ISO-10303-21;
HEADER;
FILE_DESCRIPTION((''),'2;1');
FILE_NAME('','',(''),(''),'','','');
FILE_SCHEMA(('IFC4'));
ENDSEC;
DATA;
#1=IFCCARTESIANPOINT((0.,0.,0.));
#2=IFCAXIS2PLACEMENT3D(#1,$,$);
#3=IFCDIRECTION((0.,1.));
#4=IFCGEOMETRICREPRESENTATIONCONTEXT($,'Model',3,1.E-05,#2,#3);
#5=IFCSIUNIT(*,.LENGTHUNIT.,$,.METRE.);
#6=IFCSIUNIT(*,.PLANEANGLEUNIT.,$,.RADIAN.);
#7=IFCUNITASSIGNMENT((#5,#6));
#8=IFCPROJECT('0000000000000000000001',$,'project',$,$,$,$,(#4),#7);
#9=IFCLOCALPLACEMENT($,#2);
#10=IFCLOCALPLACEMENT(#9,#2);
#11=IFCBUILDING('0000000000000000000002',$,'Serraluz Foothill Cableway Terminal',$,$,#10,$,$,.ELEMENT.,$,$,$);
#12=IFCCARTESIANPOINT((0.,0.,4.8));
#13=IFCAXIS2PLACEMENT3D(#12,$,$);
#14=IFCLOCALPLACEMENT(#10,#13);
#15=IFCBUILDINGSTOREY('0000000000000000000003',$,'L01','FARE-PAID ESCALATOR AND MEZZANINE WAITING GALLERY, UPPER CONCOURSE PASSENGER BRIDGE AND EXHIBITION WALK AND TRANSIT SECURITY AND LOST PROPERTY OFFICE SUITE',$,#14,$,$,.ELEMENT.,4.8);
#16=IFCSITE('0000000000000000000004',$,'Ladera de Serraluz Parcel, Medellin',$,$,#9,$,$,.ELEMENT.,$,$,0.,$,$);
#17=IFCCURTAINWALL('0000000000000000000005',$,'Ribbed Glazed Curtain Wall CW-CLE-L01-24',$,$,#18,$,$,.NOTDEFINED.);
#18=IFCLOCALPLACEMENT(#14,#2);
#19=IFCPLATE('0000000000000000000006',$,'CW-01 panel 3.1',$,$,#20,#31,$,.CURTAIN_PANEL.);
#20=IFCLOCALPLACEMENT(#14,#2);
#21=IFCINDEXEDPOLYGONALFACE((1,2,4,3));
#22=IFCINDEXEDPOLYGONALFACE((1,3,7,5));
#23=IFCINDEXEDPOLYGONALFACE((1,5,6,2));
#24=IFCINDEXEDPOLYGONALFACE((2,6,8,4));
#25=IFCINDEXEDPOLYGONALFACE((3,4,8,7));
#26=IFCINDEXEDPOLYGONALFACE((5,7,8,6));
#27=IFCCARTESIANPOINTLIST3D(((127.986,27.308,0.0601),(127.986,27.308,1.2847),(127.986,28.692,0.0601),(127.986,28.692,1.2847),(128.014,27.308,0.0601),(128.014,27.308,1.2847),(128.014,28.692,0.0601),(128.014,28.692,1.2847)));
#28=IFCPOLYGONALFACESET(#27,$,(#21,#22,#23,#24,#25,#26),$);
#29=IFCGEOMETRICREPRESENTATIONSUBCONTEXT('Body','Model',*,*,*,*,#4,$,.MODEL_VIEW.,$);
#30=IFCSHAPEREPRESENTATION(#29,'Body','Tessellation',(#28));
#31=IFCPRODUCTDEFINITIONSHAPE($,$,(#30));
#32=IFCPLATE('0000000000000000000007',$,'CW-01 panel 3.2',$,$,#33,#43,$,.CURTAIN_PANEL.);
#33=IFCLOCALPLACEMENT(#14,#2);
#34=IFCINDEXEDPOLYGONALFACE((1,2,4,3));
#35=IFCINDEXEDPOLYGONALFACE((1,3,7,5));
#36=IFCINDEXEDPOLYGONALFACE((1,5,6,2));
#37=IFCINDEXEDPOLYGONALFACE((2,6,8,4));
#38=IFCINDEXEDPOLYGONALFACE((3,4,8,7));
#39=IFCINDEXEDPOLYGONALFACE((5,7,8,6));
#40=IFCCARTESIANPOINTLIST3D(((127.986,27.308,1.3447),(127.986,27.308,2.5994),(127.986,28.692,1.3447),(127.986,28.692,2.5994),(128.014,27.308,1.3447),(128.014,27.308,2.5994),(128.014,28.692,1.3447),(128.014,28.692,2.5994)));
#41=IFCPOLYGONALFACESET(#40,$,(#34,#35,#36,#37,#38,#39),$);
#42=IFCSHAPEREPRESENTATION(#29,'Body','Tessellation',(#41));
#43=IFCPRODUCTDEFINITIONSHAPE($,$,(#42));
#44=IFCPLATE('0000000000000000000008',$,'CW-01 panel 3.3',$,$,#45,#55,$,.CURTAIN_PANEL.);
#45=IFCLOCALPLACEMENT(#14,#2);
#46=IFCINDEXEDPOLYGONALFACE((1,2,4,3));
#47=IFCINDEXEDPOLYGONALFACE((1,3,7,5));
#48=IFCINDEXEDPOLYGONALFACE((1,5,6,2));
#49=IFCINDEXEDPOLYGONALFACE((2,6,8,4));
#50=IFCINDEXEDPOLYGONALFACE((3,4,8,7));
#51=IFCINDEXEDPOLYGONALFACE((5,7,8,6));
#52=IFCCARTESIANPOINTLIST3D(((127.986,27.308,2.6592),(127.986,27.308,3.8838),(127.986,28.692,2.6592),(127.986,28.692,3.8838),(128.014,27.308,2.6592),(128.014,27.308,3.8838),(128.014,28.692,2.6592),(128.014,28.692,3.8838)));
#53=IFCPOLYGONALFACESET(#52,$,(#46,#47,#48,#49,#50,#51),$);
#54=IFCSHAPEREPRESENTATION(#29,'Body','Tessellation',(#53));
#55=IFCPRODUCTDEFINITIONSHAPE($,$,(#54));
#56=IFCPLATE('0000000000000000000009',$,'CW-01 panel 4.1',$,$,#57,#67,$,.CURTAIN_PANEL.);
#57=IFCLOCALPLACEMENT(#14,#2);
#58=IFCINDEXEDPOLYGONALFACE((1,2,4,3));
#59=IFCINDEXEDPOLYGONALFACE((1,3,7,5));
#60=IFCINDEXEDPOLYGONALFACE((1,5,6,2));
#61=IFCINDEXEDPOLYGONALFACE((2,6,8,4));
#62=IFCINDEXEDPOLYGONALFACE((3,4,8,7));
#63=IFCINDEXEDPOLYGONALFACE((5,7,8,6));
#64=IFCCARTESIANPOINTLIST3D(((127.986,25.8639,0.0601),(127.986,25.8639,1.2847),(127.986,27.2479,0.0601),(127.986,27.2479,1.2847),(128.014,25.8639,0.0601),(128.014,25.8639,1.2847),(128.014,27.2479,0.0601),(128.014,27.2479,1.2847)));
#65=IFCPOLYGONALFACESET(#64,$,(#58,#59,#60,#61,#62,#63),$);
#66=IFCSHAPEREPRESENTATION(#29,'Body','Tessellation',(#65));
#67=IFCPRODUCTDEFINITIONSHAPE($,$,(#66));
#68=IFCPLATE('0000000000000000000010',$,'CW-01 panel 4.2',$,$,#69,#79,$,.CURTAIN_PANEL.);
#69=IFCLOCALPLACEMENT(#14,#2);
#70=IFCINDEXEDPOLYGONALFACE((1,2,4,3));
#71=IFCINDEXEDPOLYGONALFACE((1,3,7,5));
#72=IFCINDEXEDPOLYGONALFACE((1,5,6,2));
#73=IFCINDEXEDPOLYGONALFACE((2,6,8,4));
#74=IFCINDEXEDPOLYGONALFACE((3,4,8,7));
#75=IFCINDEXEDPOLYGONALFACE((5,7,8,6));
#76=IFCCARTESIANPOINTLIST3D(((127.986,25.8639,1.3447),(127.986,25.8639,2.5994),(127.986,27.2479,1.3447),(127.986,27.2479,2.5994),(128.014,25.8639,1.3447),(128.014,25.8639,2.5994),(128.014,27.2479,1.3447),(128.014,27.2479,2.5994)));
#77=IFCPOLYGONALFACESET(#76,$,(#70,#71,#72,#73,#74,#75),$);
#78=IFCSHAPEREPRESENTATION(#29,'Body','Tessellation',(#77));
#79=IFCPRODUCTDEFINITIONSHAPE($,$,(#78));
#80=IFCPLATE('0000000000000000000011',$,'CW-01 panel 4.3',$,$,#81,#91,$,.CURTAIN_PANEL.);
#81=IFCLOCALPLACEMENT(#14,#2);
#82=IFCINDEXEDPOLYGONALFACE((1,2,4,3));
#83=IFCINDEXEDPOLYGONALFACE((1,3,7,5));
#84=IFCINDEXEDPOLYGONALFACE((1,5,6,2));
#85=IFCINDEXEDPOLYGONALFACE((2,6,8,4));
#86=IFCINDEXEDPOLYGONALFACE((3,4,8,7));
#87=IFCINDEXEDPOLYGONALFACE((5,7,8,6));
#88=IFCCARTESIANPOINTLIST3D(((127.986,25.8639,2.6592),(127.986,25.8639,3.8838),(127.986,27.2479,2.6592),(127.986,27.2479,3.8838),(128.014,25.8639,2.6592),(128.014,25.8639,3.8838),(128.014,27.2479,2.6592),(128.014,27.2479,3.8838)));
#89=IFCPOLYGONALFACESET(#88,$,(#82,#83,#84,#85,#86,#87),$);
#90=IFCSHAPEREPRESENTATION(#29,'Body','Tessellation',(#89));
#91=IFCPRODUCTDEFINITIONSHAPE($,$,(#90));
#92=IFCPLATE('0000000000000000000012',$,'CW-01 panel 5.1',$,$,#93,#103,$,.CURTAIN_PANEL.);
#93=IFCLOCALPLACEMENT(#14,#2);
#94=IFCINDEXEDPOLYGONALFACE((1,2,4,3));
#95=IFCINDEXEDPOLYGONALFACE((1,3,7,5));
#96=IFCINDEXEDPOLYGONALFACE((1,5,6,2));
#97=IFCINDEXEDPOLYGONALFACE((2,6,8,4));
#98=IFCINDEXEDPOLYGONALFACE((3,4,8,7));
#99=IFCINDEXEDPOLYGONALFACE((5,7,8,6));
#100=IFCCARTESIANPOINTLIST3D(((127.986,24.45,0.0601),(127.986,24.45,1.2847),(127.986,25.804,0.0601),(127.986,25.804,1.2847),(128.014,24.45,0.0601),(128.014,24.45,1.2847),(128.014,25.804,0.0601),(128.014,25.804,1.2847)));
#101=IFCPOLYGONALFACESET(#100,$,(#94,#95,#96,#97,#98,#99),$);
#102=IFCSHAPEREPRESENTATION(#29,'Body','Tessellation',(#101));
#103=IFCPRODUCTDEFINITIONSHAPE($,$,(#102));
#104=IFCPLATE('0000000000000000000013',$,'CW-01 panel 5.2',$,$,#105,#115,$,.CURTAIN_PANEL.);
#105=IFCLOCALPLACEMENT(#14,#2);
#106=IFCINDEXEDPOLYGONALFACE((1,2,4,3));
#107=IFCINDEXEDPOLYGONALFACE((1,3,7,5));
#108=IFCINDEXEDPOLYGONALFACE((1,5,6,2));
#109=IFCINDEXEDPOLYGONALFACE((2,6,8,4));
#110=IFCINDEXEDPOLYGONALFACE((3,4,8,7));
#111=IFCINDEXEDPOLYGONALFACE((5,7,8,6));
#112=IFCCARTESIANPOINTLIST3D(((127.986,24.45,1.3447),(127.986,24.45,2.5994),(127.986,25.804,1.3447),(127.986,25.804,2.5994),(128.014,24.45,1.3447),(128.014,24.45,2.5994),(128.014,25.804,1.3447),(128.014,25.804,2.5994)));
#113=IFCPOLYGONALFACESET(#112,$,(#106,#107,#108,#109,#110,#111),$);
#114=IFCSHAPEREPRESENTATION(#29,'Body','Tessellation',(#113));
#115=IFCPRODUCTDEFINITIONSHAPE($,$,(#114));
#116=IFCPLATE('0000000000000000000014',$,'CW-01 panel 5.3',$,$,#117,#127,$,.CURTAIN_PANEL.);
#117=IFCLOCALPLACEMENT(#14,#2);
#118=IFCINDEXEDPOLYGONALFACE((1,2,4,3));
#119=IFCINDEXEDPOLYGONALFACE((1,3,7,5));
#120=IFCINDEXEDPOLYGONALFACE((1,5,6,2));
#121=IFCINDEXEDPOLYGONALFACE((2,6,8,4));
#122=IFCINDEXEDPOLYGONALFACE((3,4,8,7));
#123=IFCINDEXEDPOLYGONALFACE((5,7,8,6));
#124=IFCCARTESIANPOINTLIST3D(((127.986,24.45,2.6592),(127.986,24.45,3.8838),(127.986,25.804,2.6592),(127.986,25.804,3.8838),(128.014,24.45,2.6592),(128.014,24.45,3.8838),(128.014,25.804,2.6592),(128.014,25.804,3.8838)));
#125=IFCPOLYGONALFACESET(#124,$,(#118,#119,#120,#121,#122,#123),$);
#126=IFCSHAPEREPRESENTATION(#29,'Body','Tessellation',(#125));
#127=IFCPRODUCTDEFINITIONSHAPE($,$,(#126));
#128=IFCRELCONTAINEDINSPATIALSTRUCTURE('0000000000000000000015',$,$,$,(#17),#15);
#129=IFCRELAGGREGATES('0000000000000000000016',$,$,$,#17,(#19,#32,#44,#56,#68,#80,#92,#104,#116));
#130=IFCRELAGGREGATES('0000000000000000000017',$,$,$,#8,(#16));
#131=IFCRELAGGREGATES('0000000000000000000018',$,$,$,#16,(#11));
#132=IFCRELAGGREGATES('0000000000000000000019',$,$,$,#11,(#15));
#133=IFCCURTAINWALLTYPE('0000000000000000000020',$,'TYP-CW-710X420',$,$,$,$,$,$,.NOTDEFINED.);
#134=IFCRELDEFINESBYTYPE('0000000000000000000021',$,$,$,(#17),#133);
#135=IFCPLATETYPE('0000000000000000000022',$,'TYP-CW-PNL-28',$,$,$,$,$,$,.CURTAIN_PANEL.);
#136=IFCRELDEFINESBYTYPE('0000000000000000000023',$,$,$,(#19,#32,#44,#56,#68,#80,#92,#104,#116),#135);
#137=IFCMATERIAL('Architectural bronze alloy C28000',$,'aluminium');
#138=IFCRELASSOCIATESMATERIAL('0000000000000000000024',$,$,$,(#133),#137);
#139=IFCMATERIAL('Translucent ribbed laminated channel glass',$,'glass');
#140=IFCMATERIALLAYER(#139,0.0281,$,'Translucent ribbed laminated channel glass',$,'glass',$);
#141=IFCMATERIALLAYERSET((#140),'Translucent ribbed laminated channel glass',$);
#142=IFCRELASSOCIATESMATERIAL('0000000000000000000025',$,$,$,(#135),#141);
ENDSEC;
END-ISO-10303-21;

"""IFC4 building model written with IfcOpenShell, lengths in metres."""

from ifc_helpers import new_model, si_unit, direction, frame, origin, origin_2d, place, context, subcontext, project, spatial, rectangle, extrude, material, layer, layer_set, type_object, element, aggregate, save


model = new_model("IFC4")

# Units and contexts
model_context = context("Model", 3, precision=1e-05, world=origin(), true_north=direction((0.0, 1.0)))
body_context = subcontext(model_context, "Body", "Model", "MODEL_VIEW")
ifc_project = project(units=[si_unit("LENGTHUNIT", "METRE"), si_unit("PLANEANGLEUNIT", "RADIAN")], contexts=[model_context])

# Site, building, storey
site_placement = place(None, origin())
site = spatial("IfcSite", under=ifc_project, at=site_placement, Name="Ladera de Serraluz Parcel, Medellin", CompositionType="ELEMENT", RefElevation=0.0)
building_placement = place(site_placement, origin())
building = spatial("IfcBuilding", under=site, at=building_placement, Name="Serraluz Foothill Cableway Terminal", CompositionType="ELEMENT")
storey_placement = place(building_placement, frame((0.0, 0.0, 4.8)))
storey = spatial("IfcBuildingStorey", under=building, at=storey_placement, Name="L01", Description="FARE-PAID ESCALATOR AND MEZZANINE WAITING GALLERY, UPPER CONCOURSE PASSENGER BRIDGE AND EXHIBITION WALK AND TRANSIT SECURITY AND LOST PROPERTY OFFICE SUITE", CompositionType="ELEMENT", Elevation=4.8)

# Shared definitions
ifc_material_1 = material(Name="Architectural bronze alloy C28000", Category="aluminium")
curtain_wall_type = type_object("IfcCurtainWallType", Name="TYP-CW-710X420", PredefinedType="NOTDEFINED", material=ifc_material_1)

# Curtain wall
curtain_wall_1_placement = place(storey_placement, origin())
curtain_wall_1 = element("IfcCurtainWall", 1, at=curtain_wall_1_placement, inside=storey, type_object=curtain_wall_type, Name="Ribbed Glazed Curtain Wall CW-CLE-L01-24", PredefinedType="NOTDEFINED")

# Plates
ifc_material_2 = material(Name="Translucent ribbed laminated channel glass", Category="glass")
ifc_layer = layer(ifc_material_2, 0.0281, Name="Translucent ribbed laminated channel glass", Category="glass")
ifc_layer_set = layer_set([ifc_layer], Name="Translucent ribbed laminated channel glass")
plate_type = type_object("IfcPlateType", Name="TYP-CW-PNL-28", PredefinedType="CURTAIN_PANEL", material=ifc_layer_set)
plate_1_placement = place(storey_placement, frame((128.0, 28.0, 0.0601), z_axis=(0.0, 0.0, 1.0), x_axis=(0.0, -1.0, 0.0)))
plate_1 = element("IfcPlate", 2, at=plate_1_placement, type_object=plate_type, Name="CW-01 panel 3.1", PredefinedType="CURTAIN_PANEL", context=body_context, shape_type="SweptSolid", body=[
    extrude(rectangle(XDim=1.384, YDim=0.0281, at=origin_2d()), origin(), (0.0, 0.0, 1.0), 1.2246),
])
plate_2_placement = place(storey_placement, frame((128.0, 28.0, 1.3447), z_axis=(0.0, 0.0, 1.0), x_axis=(0.0, -1.0, 0.0)))
plate_2 = element("IfcPlate", 3, at=plate_2_placement, type_object=plate_type, Name="CW-01 panel 3.2", PredefinedType="CURTAIN_PANEL", context=body_context, shape_type="SweptSolid", body=[
    extrude(rectangle(XDim=1.384, YDim=0.0281, at=origin_2d()), origin(), (0.0, 0.0, 1.0), 1.2546),
])
plate_3_placement = place(storey_placement, frame((128.0, 28.0, 2.6592), z_axis=(0.0, 0.0, 1.0), x_axis=(0.0, -1.0, 0.0)))
plate_3 = element("IfcPlate", 4, at=plate_3_placement, type_object=plate_type, Name="CW-01 panel 3.3", PredefinedType="CURTAIN_PANEL", context=body_context, shape_type="SweptSolid", body=[
    extrude(rectangle(XDim=1.384, YDim=0.0281, at=origin_2d()), origin(), (0.0, 0.0, 1.0), 1.2246),
])
plate_4_placement = place(storey_placement, frame((128.0, 26.5559, 0.0601), z_axis=(0.0, 0.0, 1.0), x_axis=(0.0, -1.0, 0.0)))
plate_4 = element("IfcPlate", 5, at=plate_4_placement, type_object=plate_type, Name="CW-01 panel 4.1", PredefinedType="CURTAIN_PANEL", context=body_context, shape_type="SweptSolid", body=[
    extrude(rectangle(XDim=1.384, YDim=0.0281, at=origin_2d()), origin(), (0.0, 0.0, 1.0), 1.2246),
])
plate_5_placement = place(storey_placement, frame((128.0, 26.5559, 1.3447), z_axis=(0.0, 0.0, 1.0), x_axis=(0.0, -1.0, 0.0)))
plate_5 = element("IfcPlate", 6, at=plate_5_placement, type_object=plate_type, Name="CW-01 panel 4.2", PredefinedType="CURTAIN_PANEL", context=body_context, shape_type="SweptSolid", body=[
    extrude(rectangle(XDim=1.384, YDim=0.0281, at=origin_2d()), origin(), (0.0, 0.0, 1.0), 1.2546),
])
plate_6_placement = place(storey_placement, frame((128.0, 26.5559, 2.6592), z_axis=(0.0, 0.0, 1.0), x_axis=(0.0, -1.0, 0.0)))
plate_6 = element("IfcPlate", 7, at=plate_6_placement, type_object=plate_type, Name="CW-01 panel 4.3", PredefinedType="CURTAIN_PANEL", context=body_context, shape_type="SweptSolid", body=[
    extrude(rectangle(XDim=1.384, YDim=0.0281, at=origin_2d()), origin(), (0.0, 0.0, 1.0), 1.2246),
])
plate_7_placement = place(storey_placement, frame((128.0, 25.127, 0.0601), z_axis=(0.0, 0.0, 1.0), x_axis=(0.0, -1.0, 0.0)))
plate_7 = element("IfcPlate", 8, at=plate_7_placement, type_object=plate_type, Name="CW-01 panel 5.1", PredefinedType="CURTAIN_PANEL", context=body_context, shape_type="SweptSolid", body=[
    extrude(rectangle(XDim=1.354, YDim=0.0281, at=origin_2d()), origin(), (0.0, 0.0, 1.0), 1.2246),
])
plate_8_placement = place(storey_placement, frame((128.0, 25.127, 1.3447), z_axis=(0.0, 0.0, 1.0), x_axis=(0.0, -1.0, 0.0)))
plate_8 = element("IfcPlate", 9, at=plate_8_placement, type_object=plate_type, Name="CW-01 panel 5.2", PredefinedType="CURTAIN_PANEL", context=body_context, shape_type="SweptSolid", body=[
    extrude(rectangle(XDim=1.354, YDim=0.0281, at=origin_2d()), origin(), (0.0, 0.0, 1.0), 1.2546),
])
plate_9_placement = place(storey_placement, frame((128.0, 25.127, 2.6592), z_axis=(0.0, 0.0, 1.0), x_axis=(0.0, -1.0, 0.0)))
plate_9 = element("IfcPlate", 10, at=plate_9_placement, type_object=plate_type, Name="CW-01 panel 5.3", PredefinedType="CURTAIN_PANEL", context=body_context, shape_type="SweptSolid", body=[
    extrude(rectangle(XDim=1.354, YDim=0.0281, at=origin_2d()), origin(), (0.0, 0.0, 1.0), 1.2246),
])
aggregate(curtain_wall_1, [plate_1, plate_2, plate_3, plate_4, plate_5, plate_6, plate_7, plate_8, plate_9])

save(model, "model.ifc")
